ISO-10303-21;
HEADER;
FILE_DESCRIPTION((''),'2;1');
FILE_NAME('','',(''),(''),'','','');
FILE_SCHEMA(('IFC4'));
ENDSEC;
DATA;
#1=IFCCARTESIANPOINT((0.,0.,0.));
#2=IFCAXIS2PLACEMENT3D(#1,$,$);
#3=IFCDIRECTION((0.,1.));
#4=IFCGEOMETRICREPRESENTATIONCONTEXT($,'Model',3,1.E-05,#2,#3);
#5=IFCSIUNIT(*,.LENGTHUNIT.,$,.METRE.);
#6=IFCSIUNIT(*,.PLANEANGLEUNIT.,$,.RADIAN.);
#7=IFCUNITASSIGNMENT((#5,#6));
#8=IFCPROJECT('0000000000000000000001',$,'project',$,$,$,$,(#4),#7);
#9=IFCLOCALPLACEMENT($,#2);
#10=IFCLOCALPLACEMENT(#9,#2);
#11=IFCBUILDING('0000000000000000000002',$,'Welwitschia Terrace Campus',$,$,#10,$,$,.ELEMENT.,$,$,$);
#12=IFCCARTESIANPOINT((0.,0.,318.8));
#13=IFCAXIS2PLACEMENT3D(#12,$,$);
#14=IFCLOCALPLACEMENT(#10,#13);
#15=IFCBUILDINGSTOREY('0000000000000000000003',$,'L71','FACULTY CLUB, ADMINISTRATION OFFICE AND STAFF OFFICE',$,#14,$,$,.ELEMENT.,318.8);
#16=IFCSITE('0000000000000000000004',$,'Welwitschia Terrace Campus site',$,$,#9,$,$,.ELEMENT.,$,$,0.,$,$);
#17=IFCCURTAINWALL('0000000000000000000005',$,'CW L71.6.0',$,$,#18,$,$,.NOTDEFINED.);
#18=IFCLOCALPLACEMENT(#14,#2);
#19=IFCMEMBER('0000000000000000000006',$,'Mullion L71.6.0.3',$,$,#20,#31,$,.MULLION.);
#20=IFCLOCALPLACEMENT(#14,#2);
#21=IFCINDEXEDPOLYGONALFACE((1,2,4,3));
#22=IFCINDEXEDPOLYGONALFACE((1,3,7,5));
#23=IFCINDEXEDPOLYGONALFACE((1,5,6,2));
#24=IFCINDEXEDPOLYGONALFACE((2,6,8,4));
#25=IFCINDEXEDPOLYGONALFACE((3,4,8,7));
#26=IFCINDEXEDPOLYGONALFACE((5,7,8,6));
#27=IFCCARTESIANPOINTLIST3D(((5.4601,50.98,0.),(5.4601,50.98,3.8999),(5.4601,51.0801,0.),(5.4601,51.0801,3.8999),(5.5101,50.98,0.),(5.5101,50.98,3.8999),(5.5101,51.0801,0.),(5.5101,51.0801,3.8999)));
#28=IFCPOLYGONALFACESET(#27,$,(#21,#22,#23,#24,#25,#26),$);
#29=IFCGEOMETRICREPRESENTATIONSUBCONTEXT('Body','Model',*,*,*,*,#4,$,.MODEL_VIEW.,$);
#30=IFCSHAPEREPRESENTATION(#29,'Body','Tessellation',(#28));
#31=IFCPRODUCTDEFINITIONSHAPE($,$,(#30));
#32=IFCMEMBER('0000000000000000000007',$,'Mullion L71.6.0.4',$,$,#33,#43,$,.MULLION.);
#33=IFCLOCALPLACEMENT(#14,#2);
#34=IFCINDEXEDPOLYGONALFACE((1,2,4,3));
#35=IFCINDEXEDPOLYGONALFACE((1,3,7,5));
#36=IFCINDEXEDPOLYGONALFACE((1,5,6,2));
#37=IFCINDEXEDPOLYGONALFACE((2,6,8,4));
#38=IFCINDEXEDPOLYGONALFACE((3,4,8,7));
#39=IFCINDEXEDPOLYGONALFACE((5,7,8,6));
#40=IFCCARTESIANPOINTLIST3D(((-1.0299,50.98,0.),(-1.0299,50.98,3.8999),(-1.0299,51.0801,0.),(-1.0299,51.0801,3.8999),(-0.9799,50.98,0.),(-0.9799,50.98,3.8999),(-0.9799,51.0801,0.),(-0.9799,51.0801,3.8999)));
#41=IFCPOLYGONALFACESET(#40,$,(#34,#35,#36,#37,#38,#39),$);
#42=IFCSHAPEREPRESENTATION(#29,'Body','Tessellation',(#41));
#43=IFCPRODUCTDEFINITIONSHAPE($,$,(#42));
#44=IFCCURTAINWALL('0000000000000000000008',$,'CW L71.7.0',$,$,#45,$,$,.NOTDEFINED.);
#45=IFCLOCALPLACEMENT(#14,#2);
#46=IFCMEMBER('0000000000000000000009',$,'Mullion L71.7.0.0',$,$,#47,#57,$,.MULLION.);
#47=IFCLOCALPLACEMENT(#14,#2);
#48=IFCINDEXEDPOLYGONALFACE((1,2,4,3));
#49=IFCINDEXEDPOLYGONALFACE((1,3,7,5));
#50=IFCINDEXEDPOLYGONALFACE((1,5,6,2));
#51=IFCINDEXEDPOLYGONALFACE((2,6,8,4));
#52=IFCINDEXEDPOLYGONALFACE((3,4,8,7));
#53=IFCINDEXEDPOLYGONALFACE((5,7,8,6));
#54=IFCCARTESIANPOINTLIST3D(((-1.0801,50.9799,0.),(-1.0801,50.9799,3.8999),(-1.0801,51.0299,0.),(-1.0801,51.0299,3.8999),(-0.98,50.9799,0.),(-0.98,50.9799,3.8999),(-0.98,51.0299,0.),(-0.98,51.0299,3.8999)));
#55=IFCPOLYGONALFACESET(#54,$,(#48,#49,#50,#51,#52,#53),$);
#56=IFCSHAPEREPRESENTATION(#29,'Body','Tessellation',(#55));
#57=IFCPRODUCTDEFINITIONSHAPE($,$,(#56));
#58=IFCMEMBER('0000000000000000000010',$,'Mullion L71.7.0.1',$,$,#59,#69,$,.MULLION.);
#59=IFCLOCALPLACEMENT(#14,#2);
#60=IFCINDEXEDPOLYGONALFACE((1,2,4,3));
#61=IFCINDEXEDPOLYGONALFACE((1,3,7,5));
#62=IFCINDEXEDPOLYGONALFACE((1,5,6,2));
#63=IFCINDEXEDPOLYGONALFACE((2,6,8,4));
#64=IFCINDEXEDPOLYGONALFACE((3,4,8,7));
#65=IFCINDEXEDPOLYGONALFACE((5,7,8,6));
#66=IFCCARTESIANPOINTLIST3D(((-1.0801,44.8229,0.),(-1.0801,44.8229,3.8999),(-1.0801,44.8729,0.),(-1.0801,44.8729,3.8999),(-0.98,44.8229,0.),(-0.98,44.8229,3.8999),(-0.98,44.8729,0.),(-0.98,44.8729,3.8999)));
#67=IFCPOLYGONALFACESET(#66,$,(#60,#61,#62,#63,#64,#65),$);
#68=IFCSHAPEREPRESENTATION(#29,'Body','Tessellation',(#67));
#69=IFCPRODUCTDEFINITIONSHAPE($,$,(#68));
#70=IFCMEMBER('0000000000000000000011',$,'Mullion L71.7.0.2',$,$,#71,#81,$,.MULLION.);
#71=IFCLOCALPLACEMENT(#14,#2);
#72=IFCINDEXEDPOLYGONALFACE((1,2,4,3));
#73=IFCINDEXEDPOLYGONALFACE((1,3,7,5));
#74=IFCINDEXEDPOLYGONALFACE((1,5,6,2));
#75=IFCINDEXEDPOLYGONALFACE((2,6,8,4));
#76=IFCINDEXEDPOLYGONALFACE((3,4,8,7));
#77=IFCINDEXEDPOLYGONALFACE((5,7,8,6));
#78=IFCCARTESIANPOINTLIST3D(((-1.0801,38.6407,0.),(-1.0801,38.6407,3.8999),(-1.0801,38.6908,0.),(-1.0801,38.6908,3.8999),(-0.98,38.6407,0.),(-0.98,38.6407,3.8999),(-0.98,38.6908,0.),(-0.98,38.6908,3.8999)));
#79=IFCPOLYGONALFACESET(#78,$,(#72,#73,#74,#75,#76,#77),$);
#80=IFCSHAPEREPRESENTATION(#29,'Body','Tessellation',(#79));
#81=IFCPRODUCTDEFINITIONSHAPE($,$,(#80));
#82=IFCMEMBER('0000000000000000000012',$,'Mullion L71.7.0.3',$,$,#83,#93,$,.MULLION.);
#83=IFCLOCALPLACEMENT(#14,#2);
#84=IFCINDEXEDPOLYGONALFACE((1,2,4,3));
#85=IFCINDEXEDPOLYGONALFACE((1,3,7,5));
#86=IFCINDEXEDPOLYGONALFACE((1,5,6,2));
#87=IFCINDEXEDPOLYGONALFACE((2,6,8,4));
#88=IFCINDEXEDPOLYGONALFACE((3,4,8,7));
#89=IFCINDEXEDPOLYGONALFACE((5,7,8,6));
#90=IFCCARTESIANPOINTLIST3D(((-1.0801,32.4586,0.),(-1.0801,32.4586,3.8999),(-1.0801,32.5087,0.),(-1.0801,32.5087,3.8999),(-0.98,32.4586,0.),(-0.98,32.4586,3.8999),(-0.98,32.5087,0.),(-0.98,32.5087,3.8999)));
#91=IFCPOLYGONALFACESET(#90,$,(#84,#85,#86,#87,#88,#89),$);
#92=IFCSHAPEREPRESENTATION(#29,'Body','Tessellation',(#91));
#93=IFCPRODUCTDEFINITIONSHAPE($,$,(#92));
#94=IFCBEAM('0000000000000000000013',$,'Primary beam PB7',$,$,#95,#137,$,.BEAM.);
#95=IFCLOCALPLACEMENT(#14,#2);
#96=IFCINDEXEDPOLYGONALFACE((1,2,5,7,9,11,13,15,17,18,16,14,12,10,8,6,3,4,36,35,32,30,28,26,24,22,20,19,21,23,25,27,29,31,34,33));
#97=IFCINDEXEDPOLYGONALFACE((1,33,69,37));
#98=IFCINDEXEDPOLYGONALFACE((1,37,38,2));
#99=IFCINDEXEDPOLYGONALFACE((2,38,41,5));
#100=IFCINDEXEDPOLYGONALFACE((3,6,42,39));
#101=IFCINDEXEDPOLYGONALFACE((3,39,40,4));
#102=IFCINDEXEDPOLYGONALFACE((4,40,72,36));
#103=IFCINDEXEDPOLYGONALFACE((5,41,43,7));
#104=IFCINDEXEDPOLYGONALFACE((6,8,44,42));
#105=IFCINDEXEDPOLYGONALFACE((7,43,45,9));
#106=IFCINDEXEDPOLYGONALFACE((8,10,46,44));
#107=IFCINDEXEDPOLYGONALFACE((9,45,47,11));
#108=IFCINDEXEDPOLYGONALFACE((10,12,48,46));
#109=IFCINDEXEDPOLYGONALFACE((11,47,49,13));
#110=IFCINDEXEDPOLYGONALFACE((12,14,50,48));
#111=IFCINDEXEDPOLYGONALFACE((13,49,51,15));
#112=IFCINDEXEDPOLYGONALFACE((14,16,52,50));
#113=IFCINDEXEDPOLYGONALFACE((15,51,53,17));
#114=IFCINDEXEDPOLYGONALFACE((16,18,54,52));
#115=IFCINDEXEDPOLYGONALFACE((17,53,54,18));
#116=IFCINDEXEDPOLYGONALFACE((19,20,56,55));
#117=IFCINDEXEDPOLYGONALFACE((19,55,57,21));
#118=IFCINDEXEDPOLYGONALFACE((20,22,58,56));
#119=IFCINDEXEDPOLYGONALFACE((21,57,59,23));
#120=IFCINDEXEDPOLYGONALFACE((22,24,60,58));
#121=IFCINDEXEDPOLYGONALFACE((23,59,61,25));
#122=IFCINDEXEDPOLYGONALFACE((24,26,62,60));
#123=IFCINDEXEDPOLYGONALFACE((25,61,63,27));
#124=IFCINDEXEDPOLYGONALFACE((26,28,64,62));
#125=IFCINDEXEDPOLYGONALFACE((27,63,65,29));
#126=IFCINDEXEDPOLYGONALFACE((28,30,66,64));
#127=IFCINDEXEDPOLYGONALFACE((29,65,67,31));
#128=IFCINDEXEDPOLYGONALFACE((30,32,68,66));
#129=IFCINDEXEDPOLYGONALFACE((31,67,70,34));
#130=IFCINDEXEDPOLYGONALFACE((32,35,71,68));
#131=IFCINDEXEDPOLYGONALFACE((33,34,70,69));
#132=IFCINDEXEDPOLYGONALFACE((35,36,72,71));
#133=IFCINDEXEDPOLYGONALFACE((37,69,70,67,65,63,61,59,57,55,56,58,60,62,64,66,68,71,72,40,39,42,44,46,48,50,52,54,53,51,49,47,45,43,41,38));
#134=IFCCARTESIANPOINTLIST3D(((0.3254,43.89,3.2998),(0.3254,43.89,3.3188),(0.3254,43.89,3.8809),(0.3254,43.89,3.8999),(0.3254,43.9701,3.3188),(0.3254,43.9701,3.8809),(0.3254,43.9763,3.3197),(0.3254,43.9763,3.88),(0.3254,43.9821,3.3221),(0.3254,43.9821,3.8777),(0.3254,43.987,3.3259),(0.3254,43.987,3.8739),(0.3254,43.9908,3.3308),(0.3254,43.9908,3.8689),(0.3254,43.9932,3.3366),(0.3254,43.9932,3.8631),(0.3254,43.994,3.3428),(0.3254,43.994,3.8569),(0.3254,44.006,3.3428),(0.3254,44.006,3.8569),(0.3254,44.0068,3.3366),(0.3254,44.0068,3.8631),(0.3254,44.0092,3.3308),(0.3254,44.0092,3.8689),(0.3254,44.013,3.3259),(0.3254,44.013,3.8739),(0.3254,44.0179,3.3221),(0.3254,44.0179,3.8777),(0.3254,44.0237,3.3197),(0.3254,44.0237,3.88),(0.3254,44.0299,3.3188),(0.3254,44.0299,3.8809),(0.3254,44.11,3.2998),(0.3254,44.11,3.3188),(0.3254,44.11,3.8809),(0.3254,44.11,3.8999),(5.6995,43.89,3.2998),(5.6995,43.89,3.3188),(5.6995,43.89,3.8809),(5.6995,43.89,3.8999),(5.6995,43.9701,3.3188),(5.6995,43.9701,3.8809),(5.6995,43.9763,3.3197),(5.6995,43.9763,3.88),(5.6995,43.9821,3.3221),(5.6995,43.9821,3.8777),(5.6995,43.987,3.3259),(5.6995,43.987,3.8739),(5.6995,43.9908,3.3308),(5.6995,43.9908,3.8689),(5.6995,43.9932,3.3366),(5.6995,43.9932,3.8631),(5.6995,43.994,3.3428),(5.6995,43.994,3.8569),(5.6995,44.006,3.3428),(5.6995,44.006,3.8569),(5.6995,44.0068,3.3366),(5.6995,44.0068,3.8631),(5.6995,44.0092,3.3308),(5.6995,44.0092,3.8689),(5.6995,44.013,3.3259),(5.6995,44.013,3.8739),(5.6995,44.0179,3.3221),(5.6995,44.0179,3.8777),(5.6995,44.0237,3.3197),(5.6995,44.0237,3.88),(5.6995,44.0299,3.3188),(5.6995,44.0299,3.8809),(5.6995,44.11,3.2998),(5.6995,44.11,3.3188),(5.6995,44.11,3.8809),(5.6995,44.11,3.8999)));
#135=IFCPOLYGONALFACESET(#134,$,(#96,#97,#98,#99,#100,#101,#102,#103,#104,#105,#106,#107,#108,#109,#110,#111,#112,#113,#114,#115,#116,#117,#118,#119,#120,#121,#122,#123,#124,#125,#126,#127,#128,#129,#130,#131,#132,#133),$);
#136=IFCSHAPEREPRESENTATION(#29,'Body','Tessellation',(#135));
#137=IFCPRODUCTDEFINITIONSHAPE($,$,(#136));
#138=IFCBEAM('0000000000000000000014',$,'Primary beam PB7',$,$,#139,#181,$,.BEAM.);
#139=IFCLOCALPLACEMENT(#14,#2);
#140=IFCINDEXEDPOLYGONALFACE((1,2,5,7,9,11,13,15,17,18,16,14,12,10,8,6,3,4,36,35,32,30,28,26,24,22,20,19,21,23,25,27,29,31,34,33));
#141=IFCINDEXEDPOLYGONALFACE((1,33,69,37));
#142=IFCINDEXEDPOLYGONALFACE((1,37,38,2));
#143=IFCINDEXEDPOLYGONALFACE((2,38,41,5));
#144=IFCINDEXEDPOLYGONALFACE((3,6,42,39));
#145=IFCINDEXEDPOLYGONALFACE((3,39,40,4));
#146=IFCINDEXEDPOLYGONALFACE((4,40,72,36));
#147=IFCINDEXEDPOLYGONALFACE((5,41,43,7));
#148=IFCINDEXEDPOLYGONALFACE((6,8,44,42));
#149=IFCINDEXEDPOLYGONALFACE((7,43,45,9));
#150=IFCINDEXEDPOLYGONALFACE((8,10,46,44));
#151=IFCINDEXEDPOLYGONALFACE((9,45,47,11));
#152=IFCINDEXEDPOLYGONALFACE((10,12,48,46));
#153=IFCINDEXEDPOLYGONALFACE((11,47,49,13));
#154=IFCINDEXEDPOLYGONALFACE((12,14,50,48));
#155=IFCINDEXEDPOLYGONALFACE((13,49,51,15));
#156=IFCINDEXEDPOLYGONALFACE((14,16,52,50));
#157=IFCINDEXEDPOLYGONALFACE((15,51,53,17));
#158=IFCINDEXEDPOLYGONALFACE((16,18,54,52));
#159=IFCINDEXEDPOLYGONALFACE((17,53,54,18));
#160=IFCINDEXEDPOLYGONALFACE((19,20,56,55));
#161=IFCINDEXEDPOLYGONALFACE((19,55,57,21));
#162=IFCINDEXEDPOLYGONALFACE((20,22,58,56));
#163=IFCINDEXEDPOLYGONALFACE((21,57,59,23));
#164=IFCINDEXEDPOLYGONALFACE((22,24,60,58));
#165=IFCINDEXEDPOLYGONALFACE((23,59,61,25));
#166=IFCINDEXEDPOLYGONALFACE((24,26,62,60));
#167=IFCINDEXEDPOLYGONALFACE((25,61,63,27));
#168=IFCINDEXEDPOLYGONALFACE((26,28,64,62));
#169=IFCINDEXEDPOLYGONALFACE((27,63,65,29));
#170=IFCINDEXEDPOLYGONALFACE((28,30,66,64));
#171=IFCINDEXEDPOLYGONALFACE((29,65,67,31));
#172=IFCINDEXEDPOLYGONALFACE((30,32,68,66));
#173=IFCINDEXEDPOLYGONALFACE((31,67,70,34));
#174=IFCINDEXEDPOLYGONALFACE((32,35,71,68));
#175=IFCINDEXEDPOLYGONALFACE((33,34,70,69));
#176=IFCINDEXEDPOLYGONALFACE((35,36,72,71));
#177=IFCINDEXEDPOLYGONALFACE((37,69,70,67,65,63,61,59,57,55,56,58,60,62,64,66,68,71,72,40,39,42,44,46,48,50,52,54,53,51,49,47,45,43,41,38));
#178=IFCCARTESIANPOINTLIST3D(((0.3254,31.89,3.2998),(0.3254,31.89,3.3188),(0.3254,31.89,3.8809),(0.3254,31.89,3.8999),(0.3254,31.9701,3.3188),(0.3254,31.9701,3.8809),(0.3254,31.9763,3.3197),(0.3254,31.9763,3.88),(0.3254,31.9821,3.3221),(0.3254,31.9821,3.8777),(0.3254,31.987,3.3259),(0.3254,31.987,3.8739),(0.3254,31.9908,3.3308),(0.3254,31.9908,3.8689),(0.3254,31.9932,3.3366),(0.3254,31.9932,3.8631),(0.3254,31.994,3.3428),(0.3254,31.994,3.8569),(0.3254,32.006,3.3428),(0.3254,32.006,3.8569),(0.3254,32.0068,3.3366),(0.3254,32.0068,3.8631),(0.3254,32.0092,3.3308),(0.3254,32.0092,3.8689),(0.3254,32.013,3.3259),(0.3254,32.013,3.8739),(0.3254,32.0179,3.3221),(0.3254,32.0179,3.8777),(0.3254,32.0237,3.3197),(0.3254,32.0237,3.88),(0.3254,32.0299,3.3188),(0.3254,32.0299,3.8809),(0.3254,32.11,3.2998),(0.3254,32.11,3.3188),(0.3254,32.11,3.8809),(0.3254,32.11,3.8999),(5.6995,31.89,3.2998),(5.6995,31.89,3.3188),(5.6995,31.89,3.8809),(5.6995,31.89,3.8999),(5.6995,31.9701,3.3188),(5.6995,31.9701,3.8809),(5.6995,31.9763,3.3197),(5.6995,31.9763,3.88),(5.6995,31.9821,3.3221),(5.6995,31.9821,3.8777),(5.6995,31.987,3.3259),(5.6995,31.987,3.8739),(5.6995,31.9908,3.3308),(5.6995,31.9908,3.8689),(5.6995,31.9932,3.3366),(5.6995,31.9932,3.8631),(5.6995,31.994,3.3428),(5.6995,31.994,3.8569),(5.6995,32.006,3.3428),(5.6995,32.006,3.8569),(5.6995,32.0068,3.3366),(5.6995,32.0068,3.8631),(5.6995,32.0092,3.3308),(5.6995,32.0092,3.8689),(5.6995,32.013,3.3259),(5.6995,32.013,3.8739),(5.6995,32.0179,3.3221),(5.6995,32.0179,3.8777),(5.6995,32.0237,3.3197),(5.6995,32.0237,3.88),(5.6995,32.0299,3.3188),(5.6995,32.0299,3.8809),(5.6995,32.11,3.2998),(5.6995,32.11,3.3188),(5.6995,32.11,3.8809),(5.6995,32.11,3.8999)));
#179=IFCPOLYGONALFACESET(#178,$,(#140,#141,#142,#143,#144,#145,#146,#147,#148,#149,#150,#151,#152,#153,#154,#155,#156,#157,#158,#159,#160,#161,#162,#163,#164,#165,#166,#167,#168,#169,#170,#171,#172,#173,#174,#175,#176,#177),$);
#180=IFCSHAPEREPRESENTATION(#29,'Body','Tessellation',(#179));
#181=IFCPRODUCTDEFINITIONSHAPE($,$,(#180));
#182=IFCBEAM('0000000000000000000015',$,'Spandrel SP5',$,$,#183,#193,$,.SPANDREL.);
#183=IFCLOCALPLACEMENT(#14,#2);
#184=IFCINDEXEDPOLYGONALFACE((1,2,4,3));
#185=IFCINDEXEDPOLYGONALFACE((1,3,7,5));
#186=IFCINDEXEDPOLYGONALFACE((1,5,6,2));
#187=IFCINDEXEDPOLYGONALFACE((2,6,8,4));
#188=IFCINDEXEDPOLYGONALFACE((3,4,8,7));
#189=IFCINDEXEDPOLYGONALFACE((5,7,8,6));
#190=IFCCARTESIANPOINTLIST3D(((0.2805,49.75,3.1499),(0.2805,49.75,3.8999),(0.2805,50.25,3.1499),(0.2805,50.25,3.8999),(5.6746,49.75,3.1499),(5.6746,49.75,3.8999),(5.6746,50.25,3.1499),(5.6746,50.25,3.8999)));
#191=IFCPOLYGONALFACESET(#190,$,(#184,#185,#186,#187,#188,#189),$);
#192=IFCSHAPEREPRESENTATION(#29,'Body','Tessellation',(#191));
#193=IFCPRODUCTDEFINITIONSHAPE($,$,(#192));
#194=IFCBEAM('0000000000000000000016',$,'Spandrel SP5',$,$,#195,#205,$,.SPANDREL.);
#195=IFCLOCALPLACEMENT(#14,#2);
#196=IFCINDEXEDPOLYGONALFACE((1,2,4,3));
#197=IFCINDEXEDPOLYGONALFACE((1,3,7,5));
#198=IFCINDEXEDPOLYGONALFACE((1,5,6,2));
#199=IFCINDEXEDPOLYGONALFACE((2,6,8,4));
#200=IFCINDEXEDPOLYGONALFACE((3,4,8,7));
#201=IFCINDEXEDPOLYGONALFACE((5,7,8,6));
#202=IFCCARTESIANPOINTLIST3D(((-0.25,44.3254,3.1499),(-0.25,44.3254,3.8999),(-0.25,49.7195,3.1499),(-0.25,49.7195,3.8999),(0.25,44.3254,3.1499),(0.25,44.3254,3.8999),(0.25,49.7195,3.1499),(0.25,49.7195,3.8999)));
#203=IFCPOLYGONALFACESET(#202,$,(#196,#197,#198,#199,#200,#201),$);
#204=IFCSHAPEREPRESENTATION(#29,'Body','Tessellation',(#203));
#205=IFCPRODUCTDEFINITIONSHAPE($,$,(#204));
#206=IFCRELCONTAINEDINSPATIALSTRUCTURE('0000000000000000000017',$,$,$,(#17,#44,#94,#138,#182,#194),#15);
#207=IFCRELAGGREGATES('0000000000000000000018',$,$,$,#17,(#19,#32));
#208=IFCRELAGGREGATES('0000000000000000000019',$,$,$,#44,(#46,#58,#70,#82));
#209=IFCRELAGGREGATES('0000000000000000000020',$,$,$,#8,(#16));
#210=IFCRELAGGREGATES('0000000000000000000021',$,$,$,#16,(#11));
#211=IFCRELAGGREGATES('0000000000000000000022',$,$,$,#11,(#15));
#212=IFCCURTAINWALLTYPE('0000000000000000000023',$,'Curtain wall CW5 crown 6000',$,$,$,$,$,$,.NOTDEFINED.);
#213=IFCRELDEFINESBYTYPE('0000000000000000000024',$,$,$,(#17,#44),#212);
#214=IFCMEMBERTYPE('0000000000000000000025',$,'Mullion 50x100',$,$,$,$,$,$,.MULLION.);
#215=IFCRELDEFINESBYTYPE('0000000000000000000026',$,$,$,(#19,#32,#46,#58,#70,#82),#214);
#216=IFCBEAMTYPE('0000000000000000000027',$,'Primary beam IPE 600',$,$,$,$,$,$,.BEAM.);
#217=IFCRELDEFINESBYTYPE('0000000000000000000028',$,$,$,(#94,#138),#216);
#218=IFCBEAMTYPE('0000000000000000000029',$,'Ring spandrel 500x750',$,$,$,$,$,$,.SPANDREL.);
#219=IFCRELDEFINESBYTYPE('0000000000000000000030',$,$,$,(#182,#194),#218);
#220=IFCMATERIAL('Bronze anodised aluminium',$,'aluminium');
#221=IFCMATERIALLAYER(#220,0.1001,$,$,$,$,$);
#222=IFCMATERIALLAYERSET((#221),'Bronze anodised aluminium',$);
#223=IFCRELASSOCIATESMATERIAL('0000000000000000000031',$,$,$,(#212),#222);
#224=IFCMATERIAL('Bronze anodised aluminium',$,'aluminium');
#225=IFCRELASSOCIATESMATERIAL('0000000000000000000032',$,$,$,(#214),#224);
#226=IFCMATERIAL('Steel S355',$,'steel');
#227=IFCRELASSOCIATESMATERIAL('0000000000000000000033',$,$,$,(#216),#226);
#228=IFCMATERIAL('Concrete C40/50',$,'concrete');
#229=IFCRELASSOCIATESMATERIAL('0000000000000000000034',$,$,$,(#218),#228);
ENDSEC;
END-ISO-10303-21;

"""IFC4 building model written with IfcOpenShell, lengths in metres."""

from ifc_helpers import new_model, si_unit, direction, frame, origin, origin_2d, place, context, subcontext, project, spatial, rectangle, i_section, extrude, material, layer, layer_set, material_profile, profile_set, type_object, element, aggregate, save


model = new_model("IFC4")

# Units and contexts
model_context = context("Model", 3, precision=1e-05, world=origin(), true_north=direction((0.0, 1.0)))
body_context = subcontext(model_context, "Body", "Model", "MODEL_VIEW")
ifc_project = project(units=[si_unit("LENGTHUNIT", "METRE"), si_unit("PLANEANGLEUNIT", "RADIAN")], contexts=[model_context])

# Site, building, storey
site_placement = place(None, origin())
site = spatial("IfcSite", under=ifc_project, at=site_placement, Name="Welwitschia Terrace Campus site", CompositionType="ELEMENT", RefElevation=0.0)
building_placement = place(site_placement, origin())
building = spatial("IfcBuilding", under=site, at=building_placement, Name="Welwitschia Terrace Campus", CompositionType="ELEMENT")
storey_placement = place(building_placement, frame((0.0, 0.0, 318.8)))
storey = spatial("IfcBuildingStorey", under=building, at=storey_placement, Name="L71", Description="FACULTY CLUB, ADMINISTRATION OFFICE AND STAFF OFFICE", CompositionType="ELEMENT", Elevation=318.8)

# Curtain walls, members
ifc_material_1 = material(Name="Bronze anodised aluminium", Category="aluminium")
ifc_layer_1 = layer(ifc_material_1, 0.1001)
ifc_layer_set_1 = layer_set([ifc_layer_1], Name="Bronze anodised aluminium")
curtain_wall_type = type_object("IfcCurtainWallType", Name="Curtain wall CW5 crown 6000", PredefinedType="NOTDEFINED", material=ifc_layer_set_1)
curtain_wall_1_placement = place(storey_placement, origin())
curtain_wall_1 = element("IfcCurtainWall", 1, at=curtain_wall_1_placement, inside=storey, type_object=curtain_wall_type, Name="CW L71.6.0", PredefinedType="NOTDEFINED")
ifc_material_2 = material(Name="Bronze anodised aluminium", Category="aluminium")
ifc_material_profile_1 = material_profile(ifc_material_2, rectangle(XDim=0.1001, YDim=0.05, at=origin_2d()))
ifc_profile_set_1 = profile_set([ifc_material_profile_1], Name="Bronze anodised aluminium")
member_type_1 = type_object("IfcMemberType", Name="Mullion 50x100", PredefinedType="MULLION", material=ifc_profile_set_1)
member_1_placement = place(storey_placement, frame((5.4851, 51.03, 0.0), z_axis=(0.0, 0.0, 1.0), x_axis=(0.0, -1.0, 0.0)))
member_1 = element("IfcMember", 2, at=member_1_placement, type_object=member_type_1, Name="Mullion L71.6.0.3", PredefinedType="MULLION", context=body_context, shape_type="SweptSolid", body=[
    extrude(rectangle(XDim=0.1001, YDim=0.05, at=origin_2d()), origin(), (0.0, 0.0, 1.0), 3.8999),
])
member_2_placement = place(storey_placement, frame((-1.0049, 51.03, 0.0), z_axis=(0.0, 0.0, 1.0), x_axis=(0.0, -1.0, 0.0)))
member_2 = element("IfcMember", 3, at=member_2_placement, type_object=member_type_1, Name="Mullion L71.6.0.4", PredefinedType="MULLION", context=body_context, shape_type="SweptSolid", body=[
    extrude(rectangle(XDim=0.1001, YDim=0.05, at=origin_2d()), origin(), (0.0, 0.0, 1.0), 3.8999),
])
curtain_wall_2_placement = place(storey_placement, origin())
curtain_wall_2 = element("IfcCurtainWall", 4, at=curtain_wall_2_placement, inside=storey, type_object=curtain_wall_type, Name="CW L71.7.0", PredefinedType="NOTDEFINED")
member_3_placement = place(storey_placement, frame((-1.03, 51.0049, 0.0), z_axis=(0.0, 0.0, 1.0), x_axis=(1.0, 0.0, 0.0)))
member_3 = element("IfcMember", 5, at=member_3_placement, type_object=member_type_1, Name="Mullion L71.7.0.0", PredefinedType="MULLION", context=body_context, shape_type="SweptSolid", body=[
    extrude(rectangle(XDim=0.1001, YDim=0.05, at=origin_2d()), origin(), (0.0, 0.0, 1.0), 3.8999),
])
member_4_placement = place(storey_placement, frame((-1.03, 44.8479, 0.0), z_axis=(0.0, 0.0, 1.0), x_axis=(1.0, 0.0, 0.0)))
member_4 = element("IfcMember", 6, at=member_4_placement, type_object=member_type_1, Name="Mullion L71.7.0.1", PredefinedType="MULLION", context=body_context, shape_type="SweptSolid", body=[
    extrude(rectangle(XDim=0.1001, YDim=0.05, at=origin_2d()), origin(), (0.0, 0.0, 1.0), 3.8999),
])
member_5_placement = place(storey_placement, frame((-1.03, 38.6658, 0.0), z_axis=(0.0, 0.0, 1.0), x_axis=(1.0, 0.0, 0.0)))
member_5 = element("IfcMember", 7, at=member_5_placement, type_object=member_type_1, Name="Mullion L71.7.0.2", PredefinedType="MULLION", context=body_context, shape_type="SweptSolid", body=[
    extrude(rectangle(XDim=0.1001, YDim=0.05, at=origin_2d()), origin(), (0.0, 0.0, 1.0), 3.8999),
])
member_6_placement = place(storey_placement, frame((-1.03, 32.4836, 0.0), z_axis=(0.0, 0.0, 1.0), x_axis=(1.0, 0.0, 0.0)))
member_6 = element("IfcMember", 8, at=member_6_placement, type_object=member_type_1, Name="Mullion L71.7.0.3", PredefinedType="MULLION", context=body_context, shape_type="SweptSolid", body=[
    extrude(rectangle(XDim=0.1001, YDim=0.05, at=origin_2d()), origin(), (0.0, 0.0, 1.0), 3.8999),
])

# Beams
ifc_material_3 = material(Name="Steel S355", Category="steel")
ifc_material_profile_2 = material_profile(ifc_material_3, i_section(OverallWidth=0.22, OverallDepth=0.6001, WebThickness=0.012, FlangeThickness=0.019, FilletRadius=0.0239, at=origin_2d()))
ifc_profile_set_2 = profile_set([ifc_material_profile_2], Name="Steel S355")
beam_type_1 = type_object("IfcBeamType", Name="Primary beam IPE 600", PredefinedType="BEAM", material=ifc_profile_set_2)
for number, where, z_axis, x_axis, name in (
    (9, (0.3254, 44.0, 3.5999), (1.0, 0.0, 0.0), (0.0, 1.0, 0.0), "Primary beam PB7"),
    (10, (0.3254, 32.0, 3.5999), (1.0, 0.0, 0.0), (0.0, 1.0, 0.0), "Primary beam PB7"),
):
    element("IfcBeam", number, at=place(storey_placement, frame(where, z_axis=z_axis, x_axis=x_axis)), inside=storey, type_object=beam_type_1, Name=name, PredefinedType="BEAM", context=body_context, shape_type="SweptSolid", body=[
        extrude(i_section(OverallWidth=0.22, OverallDepth=0.6001, WebThickness=0.012, FlangeThickness=0.019, FilletRadius=0.0239, at=origin_2d()), origin(), (0.0, 0.0, 1.0), 5.374),
    ])
ifc_material_4 = material(Name="Concrete C40/50", Category="concrete")
ifc_material_profile_3 = material_profile(ifc_material_4, rectangle(XDim=0.5, YDim=0.75, at=origin_2d()))
ifc_profile_set_3 = profile_set([ifc_material_profile_3], Name="Concrete C40/50")
beam_type_2 = type_object("IfcBeamType", Name="Ring spandrel 500x750", PredefinedType="SPANDREL", material=ifc_profile_set_3)
for number, where, z_axis, x_axis, name in (
    (11, (5.6746, 50.0, 3.5249), (-1.0, 0.0, 0.0), (0.0, -1.0, 0.0), "Spandrel SP5"),
    (12, (0.0, 49.7195, 3.5249), (0.0, -1.0, 0.0), (1.0, 0.0, 0.0), "Spandrel SP5"),
):
    element("IfcBeam", number, at=place(storey_placement, frame(where, z_axis=z_axis, x_axis=x_axis)), inside=storey, type_object=beam_type_2, Name=name, PredefinedType="SPANDREL", context=body_context, shape_type="SweptSolid", body=[
        extrude(rectangle(XDim=0.5, YDim=0.75, at=origin_2d()), origin(), (0.0, 0.0, 1.0), 5.394),
    ])

aggregate(curtain_wall_1, [member_1, member_2])
aggregate(curtain_wall_2, [member_3, member_4, member_5, member_6])

save(model, "model.ifc")
